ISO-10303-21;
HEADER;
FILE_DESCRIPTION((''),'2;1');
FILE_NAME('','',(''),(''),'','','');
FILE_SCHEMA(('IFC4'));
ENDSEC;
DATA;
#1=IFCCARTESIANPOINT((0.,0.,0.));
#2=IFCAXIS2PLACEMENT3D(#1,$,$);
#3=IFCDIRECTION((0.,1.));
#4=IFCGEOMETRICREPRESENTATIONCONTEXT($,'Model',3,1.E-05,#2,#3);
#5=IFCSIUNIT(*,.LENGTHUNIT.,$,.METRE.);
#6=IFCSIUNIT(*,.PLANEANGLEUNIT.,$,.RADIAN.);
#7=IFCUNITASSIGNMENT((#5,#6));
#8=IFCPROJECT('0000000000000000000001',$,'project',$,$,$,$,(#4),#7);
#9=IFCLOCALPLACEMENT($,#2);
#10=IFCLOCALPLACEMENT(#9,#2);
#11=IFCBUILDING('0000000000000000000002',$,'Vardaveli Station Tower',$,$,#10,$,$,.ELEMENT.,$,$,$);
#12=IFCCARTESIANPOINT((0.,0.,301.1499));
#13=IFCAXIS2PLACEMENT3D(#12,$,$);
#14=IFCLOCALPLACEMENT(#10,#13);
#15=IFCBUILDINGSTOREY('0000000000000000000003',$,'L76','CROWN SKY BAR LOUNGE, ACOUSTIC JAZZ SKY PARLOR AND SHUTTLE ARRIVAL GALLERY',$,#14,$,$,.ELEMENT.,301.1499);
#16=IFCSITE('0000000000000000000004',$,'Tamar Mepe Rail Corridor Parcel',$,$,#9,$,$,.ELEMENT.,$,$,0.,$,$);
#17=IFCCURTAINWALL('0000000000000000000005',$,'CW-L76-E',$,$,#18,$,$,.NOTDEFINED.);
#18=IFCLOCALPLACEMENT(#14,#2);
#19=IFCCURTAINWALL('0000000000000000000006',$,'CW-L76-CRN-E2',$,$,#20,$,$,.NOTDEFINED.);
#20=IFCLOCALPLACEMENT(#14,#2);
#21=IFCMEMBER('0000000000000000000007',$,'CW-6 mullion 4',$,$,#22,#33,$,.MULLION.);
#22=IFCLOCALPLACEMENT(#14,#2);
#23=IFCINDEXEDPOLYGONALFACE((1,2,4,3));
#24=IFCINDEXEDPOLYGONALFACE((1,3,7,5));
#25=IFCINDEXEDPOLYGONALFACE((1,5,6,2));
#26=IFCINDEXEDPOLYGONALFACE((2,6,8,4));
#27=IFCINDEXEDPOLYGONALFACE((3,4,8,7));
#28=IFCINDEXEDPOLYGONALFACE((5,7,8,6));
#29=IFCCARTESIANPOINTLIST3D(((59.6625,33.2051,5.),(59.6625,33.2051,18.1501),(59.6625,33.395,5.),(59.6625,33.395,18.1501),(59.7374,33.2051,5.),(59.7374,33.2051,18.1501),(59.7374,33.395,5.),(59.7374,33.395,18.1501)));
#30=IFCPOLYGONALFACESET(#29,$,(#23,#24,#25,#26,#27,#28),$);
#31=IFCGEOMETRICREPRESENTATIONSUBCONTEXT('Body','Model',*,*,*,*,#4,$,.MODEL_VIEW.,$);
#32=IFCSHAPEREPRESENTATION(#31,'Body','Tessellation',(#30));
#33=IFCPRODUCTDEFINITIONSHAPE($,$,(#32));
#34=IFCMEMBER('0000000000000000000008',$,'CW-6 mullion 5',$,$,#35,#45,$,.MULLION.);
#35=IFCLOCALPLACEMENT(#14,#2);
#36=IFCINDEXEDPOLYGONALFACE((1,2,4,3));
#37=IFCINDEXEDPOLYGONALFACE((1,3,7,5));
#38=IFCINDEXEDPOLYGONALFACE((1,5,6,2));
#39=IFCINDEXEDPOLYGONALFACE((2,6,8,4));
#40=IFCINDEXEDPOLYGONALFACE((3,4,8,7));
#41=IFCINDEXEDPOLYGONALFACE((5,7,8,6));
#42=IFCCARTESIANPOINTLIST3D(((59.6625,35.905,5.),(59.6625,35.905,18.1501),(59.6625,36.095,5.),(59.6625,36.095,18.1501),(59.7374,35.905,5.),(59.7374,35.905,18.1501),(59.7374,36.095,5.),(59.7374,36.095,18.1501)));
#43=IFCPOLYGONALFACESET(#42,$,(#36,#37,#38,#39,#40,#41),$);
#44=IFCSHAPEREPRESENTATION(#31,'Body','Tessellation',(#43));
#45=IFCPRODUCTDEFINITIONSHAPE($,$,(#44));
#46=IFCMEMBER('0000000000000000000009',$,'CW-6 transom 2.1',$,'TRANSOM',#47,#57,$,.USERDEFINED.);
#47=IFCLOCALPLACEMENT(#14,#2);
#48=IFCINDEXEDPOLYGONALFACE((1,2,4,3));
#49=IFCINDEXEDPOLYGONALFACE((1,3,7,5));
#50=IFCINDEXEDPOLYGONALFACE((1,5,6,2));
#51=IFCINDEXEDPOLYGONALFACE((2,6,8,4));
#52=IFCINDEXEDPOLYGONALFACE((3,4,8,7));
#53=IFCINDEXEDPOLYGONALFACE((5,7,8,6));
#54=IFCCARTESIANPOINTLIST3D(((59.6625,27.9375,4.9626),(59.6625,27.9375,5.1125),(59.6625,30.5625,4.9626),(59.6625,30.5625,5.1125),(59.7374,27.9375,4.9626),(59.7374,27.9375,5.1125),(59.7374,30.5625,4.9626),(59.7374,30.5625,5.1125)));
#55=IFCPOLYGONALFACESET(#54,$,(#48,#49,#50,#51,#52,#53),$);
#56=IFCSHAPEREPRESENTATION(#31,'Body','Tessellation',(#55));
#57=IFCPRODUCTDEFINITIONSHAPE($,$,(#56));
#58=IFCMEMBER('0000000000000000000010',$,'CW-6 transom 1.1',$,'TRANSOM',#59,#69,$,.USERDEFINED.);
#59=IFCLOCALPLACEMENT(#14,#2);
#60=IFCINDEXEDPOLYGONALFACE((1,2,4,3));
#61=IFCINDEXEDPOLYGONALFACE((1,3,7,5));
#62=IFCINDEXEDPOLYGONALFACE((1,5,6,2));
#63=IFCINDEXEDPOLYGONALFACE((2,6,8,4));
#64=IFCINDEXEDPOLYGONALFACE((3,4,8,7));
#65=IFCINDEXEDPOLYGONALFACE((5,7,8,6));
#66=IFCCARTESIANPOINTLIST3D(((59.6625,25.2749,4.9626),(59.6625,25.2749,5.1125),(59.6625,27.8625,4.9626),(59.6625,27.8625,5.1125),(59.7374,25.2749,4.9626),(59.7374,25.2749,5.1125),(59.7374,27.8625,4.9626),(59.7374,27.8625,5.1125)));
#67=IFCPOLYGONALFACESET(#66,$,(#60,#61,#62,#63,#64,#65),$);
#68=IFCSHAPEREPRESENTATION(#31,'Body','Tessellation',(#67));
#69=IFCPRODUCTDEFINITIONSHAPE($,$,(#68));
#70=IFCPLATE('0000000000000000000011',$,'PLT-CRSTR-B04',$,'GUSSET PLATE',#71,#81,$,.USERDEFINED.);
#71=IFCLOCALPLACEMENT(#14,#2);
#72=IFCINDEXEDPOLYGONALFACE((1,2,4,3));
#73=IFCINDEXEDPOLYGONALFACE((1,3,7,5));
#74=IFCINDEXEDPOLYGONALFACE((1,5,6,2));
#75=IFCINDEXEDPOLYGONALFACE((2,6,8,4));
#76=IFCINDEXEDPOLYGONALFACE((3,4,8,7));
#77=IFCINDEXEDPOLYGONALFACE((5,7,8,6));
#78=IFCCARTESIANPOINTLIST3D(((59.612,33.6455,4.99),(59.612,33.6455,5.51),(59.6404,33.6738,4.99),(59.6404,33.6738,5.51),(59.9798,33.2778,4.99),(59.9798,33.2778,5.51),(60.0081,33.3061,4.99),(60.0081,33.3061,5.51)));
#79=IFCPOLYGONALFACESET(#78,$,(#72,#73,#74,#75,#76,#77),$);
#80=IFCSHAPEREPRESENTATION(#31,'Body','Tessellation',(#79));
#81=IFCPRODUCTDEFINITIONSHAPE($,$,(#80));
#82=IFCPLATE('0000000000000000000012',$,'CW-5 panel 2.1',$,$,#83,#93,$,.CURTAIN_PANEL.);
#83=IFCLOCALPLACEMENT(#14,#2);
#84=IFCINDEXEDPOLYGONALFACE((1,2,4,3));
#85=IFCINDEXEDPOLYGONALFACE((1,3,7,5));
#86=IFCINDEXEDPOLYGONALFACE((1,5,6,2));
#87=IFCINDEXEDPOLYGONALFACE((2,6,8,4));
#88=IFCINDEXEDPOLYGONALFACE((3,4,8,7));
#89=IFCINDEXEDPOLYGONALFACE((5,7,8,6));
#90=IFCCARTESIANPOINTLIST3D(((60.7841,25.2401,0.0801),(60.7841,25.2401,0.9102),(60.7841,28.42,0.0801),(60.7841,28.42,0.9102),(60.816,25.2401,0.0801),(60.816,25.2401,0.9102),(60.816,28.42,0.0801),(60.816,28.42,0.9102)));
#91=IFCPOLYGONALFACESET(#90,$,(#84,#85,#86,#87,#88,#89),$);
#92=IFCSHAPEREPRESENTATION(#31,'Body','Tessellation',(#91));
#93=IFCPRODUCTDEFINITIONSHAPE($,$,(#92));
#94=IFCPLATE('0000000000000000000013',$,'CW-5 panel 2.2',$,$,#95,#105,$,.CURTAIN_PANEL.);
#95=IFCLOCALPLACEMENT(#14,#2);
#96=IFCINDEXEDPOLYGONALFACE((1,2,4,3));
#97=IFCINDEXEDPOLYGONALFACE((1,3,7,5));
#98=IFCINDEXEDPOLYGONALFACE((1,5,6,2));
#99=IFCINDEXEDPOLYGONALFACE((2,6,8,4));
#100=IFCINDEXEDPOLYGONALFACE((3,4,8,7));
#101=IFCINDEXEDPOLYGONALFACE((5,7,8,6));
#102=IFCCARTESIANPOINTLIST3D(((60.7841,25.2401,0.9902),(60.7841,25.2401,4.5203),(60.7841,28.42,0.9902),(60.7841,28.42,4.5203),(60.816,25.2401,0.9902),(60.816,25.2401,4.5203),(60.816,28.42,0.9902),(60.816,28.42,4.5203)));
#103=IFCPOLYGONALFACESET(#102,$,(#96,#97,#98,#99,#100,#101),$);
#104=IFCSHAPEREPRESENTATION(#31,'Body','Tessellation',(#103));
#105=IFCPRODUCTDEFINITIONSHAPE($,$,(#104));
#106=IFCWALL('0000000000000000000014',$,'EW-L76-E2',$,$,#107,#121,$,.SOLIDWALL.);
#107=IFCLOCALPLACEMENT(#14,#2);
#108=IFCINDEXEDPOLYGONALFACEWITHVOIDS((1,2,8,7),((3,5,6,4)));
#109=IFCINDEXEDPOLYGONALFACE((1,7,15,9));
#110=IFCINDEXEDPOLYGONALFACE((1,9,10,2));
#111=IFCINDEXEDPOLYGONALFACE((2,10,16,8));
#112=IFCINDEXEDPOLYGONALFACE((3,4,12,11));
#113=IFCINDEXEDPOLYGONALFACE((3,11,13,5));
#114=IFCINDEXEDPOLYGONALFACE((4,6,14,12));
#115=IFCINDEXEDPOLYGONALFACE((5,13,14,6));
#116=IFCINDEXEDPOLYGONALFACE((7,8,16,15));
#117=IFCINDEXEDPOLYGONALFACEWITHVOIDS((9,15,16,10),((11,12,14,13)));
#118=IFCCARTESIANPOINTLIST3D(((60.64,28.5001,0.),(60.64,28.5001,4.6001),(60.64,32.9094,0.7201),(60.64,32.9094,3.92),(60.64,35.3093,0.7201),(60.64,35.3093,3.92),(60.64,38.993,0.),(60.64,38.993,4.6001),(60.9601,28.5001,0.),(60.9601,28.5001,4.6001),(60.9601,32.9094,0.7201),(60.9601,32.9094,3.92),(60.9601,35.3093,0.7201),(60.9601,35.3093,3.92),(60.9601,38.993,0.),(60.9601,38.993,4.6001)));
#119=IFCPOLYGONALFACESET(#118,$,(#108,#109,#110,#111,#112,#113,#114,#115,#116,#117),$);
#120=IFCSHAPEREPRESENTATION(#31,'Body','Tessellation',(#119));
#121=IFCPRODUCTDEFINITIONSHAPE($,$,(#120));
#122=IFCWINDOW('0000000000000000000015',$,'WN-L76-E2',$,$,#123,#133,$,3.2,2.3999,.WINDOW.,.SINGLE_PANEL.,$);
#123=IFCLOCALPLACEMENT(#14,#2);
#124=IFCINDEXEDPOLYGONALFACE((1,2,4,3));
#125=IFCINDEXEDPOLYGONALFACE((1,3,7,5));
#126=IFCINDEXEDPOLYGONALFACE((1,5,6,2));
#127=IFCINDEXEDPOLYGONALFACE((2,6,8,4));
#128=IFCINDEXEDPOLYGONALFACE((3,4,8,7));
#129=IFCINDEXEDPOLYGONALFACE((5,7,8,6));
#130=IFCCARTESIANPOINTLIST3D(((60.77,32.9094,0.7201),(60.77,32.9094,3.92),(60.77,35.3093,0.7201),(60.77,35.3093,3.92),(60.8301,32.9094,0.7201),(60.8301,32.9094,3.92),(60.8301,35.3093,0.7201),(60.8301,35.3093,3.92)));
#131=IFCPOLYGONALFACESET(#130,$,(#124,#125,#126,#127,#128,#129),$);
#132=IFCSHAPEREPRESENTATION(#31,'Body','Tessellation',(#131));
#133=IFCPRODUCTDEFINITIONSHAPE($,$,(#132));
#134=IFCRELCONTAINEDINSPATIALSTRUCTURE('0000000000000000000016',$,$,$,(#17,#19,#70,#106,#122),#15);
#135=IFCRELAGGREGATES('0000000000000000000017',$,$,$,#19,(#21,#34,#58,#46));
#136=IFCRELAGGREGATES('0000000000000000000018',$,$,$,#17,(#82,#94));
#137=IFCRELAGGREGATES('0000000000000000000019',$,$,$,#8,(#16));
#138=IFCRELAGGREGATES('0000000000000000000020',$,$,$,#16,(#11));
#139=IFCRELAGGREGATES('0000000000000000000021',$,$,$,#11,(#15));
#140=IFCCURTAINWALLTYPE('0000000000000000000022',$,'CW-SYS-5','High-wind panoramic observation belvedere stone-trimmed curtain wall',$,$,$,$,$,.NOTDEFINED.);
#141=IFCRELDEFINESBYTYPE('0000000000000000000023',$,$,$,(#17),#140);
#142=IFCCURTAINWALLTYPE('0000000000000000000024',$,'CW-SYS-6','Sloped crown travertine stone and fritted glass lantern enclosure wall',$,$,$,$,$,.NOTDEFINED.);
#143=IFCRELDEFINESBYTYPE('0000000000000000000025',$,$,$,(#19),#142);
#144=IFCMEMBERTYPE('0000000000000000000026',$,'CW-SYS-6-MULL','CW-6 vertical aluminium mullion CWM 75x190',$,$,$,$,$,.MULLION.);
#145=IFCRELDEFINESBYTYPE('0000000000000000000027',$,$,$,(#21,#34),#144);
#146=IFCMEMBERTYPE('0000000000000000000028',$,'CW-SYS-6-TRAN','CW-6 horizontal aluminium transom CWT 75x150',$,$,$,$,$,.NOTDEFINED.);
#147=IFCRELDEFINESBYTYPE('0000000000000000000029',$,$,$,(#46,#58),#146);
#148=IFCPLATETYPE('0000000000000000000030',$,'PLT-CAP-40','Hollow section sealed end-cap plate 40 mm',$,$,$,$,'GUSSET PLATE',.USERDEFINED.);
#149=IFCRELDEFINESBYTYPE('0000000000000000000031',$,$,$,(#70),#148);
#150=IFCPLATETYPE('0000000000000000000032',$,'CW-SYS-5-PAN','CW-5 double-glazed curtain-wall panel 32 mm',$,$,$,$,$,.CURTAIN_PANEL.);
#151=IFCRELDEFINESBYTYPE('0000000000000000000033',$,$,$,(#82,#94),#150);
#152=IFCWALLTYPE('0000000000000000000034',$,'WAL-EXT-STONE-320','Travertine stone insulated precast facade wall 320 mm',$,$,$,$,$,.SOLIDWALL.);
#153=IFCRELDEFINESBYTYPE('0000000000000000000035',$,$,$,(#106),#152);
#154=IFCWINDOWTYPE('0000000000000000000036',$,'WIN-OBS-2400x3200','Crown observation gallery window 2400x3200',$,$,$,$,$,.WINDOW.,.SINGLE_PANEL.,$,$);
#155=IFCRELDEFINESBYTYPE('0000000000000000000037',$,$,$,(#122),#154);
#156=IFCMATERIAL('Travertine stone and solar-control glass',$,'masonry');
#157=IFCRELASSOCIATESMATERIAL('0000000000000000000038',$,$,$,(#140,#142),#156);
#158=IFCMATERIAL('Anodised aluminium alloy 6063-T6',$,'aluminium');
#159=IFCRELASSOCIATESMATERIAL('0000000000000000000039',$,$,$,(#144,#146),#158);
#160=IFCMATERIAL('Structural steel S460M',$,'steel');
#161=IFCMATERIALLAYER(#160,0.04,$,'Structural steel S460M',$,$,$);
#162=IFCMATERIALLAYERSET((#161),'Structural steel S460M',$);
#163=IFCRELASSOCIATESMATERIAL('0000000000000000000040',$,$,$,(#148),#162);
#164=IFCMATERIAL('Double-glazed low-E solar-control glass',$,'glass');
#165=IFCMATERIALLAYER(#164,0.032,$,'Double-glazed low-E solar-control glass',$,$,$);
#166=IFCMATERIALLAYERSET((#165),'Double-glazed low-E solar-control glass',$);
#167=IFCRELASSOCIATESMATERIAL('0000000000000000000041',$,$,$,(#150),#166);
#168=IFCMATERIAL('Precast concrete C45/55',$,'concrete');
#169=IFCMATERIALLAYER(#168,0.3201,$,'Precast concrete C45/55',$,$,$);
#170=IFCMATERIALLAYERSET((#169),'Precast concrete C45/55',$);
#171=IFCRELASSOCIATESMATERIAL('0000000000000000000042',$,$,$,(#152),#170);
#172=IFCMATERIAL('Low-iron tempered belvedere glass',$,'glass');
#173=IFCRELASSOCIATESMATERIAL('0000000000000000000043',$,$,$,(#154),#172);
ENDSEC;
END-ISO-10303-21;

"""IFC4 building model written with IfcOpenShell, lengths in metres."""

from ifc_helpers import new_model, si_unit, direction, frame, frame_2d, origin, origin_2d, place, context, subcontext, project, spatial, rectangle, extrude, source, transform, mapped, material, layer, layer_set, material_profile, profile_set, type_object, element, fill, aggregate, save


model = new_model("IFC4")

# Units and contexts
model_context = context("Model", 3, precision=1e-05, world=origin(), true_north=direction((0.0, 1.0)))
body_context = subcontext(model_context, "Body", "Model", "MODEL_VIEW")
ifc_project = project(units=[si_unit("LENGTHUNIT", "METRE"), si_unit("PLANEANGLEUNIT", "RADIAN")], contexts=[model_context])

# Site, building, storey
site_placement = place(None, origin())
site = spatial("IfcSite", under=ifc_project, at=site_placement, Name="Tamar Mepe Rail Corridor Parcel", CompositionType="ELEMENT", RefElevation=0.0)
building_placement = place(site_placement, origin())
building = spatial("IfcBuilding", under=site, at=building_placement, Name="Vardaveli Station Tower", CompositionType="ELEMENT")
storey_placement = place(building_placement, frame((0.0, 0.0, 301.1499)))
storey = spatial("IfcBuildingStorey", under=building, at=storey_placement, Name="L76", Description="CROWN SKY BAR LOUNGE, ACOUSTIC JAZZ SKY PARLOR AND SHUTTLE ARRIVAL GALLERY", CompositionType="ELEMENT", Elevation=301.1499)

# Shared definitions
ifc_material_1 = material(Name="Precast concrete C45/55", Category="concrete")

# Curtain walls, members
ifc_material_2 = material(Name="Travertine stone and solar-control glass", Category="masonry")
curtain_wall_type_1 = type_object("IfcCurtainWallType", Name="CW-SYS-5", Description="High-wind panoramic observation belvedere stone-trimmed curtain wall", PredefinedType="NOTDEFINED", material=ifc_material_2)
curtain_wall_1_placement = place(storey_placement, origin())
curtain_wall_1 = element("IfcCurtainWall", 1, at=curtain_wall_1_placement, inside=storey, type_object=curtain_wall_type_1, Name="CW-L76-E", PredefinedType="NOTDEFINED")
ifc_material_3 = material(Name="Anodised aluminium alloy 6063-T6", Category="aluminium")
curtain_wall_type_2 = type_object("IfcCurtainWallType", Name="CW-SYS-6", Description="Sloped crown travertine stone and fritted glass lantern enclosure wall", PredefinedType="NOTDEFINED", material=ifc_material_2)
curtain_wall_2_placement = place(storey_placement, origin())
curtain_wall_2 = element("IfcCurtainWall", 2, at=curtain_wall_2_placement, inside=storey, type_object=curtain_wall_type_2, Name="CW-L76-CRN-E2", PredefinedType="NOTDEFINED")
ifc_material_profile_1 = material_profile(ifc_material_3, rectangle(XDim=0.075, YDim=0.1899, at=origin_2d()), Name="CWM 75x190")
ifc_profile_set_1 = profile_set([ifc_material_profile_1], Name="Anodised aluminium alloy 6063-T6")
member_type_1 = type_object("IfcMemberType", Name="CW-SYS-6-MULL", Description="CW-6 vertical aluminium mullion CWM 75x190", PredefinedType="MULLION", material=ifc_profile_set_1)
shared_shape_1 = source(origin(), body_context, "Body", "SweptSolid", [
    extrude(rectangle(XDim=0.075, YDim=0.1899, at=origin_2d()), origin(), (0.0, 0.0, 1.0), 13.1501),
])
member_1_placement = place(storey_placement, frame((59.7, 33.3, 5.0), z_axis=(0.0, 0.0, 1.0), x_axis=(-1.0, 0.0, 0.0)))
member_1 = element("IfcMember", 3, at=member_1_placement, type_object=member_type_1, Name="CW-6 mullion 4", PredefinedType="MULLION", context=body_context, shape_type="MappedRepresentation", body=[
    mapped(shared_shape_1, transform((0.0, 0.0, 0.0), scale=1.0)),
])
member_2_placement = place(storey_placement, frame((59.7, 36.0, 5.0), z_axis=(0.0, 0.0, 1.0), x_axis=(-1.0, 0.0, 0.0)))
member_2 = element("IfcMember", 4, at=member_2_placement, type_object=member_type_1, Name="CW-6 mullion 5", PredefinedType="MULLION", context=body_context, shape_type="MappedRepresentation", body=[
    mapped(shared_shape_1, transform((0.0, 0.0, 0.0), scale=1.0)),
])
ifc_material_profile_2 = material_profile(ifc_material_3, rectangle(XDim=0.075, YDim=0.1499, at=origin_2d()), Name="CWT 75x150")
ifc_profile_set_2 = profile_set([ifc_material_profile_2], Name="Anodised aluminium alloy 6063-T6")
member_type_2 = type_object("IfcMemberType", Name="CW-SYS-6-TRAN", Description="CW-6 horizontal aluminium transom CWT 75x150", PredefinedType="NOTDEFINED", material=ifc_profile_set_2)
shared_shape_2 = source(origin(), body_context, "Body", "SweptSolid", [
    extrude(rectangle(XDim=0.075, YDim=0.1499, at=origin_2d()), origin(), (0.0, 0.0, 1.0), 2.625),
])
member_3_placement = place(storey_placement, frame((59.7, 27.9375, 5.0376), z_axis=(0.0, 1.0, 0.0), x_axis=(-1.0, 0.0, 0.0)))
member_3 = element("IfcMember", 5, at=member_3_placement, type_object=member_type_2, Name="CW-6 transom 2.1", ObjectType="TRANSOM", PredefinedType="USERDEFINED", context=body_context, shape_type="MappedRepresentation", body=[
    mapped(shared_shape_2, transform((0.0, 0.0, 0.0), scale=1.0)),
])
shared_shape_3 = source(origin(), body_context, "Body", "SweptSolid", [
    extrude(rectangle(XDim=0.075, YDim=0.1499, at=origin_2d()), origin(), (0.0, 0.0, 1.0), 2.5876),
])
member_4_placement = place(storey_placement, frame((59.7, 25.2749, 5.0376), z_axis=(0.0, 1.0, 0.0), x_axis=(-1.0, 0.0, 0.0)))
member_4 = element("IfcMember", 6, at=member_4_placement, type_object=member_type_2, Name="CW-6 transom 1.1", ObjectType="TRANSOM", PredefinedType="USERDEFINED", context=body_context, shape_type="MappedRepresentation", body=[
    mapped(shared_shape_3, transform((0.0, 0.0, 0.0), scale=1.0)),
])
aggregate(curtain_wall_2, [member_1, member_2, member_4, member_3])

# Plates
ifc_material_4 = material(Name="Structural steel S460M", Category="steel")
ifc_layer_1 = layer(ifc_material_4, 0.04, Name="Structural steel S460M")
ifc_layer_set_1 = layer_set([ifc_layer_1], Name="Structural steel S460M")
plate_type_1 = type_object("IfcPlateType", Name="PLT-CAP-40", Description="Hollow section sealed end-cap plate 40 mm", ElementType="GUSSET PLATE", PredefinedType="USERDEFINED", material=ifc_layer_set_1)
shared_shape_4 = source(origin(), body_context, "Body", "SweptSolid", [
    extrude(rectangle(XDim=0.52, YDim=0.04, at=origin_2d()), origin(), (0.0, 0.0, 1.0), 0.52),
])
plate_1_placement = place(storey_placement, frame((59.8101, 33.4758, 4.99), z_axis=(0.0, 0.0, 1.0), x_axis=(-0.707107, 0.707107, 0.0)))
element("IfcPlate", 7, at=plate_1_placement, inside=storey, type_object=plate_type_1, Name="PLT-CRSTR-B04", ObjectType="GUSSET PLATE", PredefinedType="USERDEFINED", context=body_context, shape_type="MappedRepresentation", body=[
    mapped(shared_shape_4, transform((0.0, 0.0, 0.0), scale=1.0)),
])
ifc_material_5 = material(Name="Double-glazed low-E solar-control glass", Category="glass")
ifc_layer_2 = layer(ifc_material_5, 0.032, Name="Double-glazed low-E solar-control glass")
ifc_layer_set_2 = layer_set([ifc_layer_2], Name="Double-glazed low-E solar-control glass")
plate_type_2 = type_object("IfcPlateType", Name="CW-SYS-5-PAN", Description="CW-5 double-glazed curtain-wall panel 32 mm", PredefinedType="CURTAIN_PANEL", material=ifc_layer_set_2)
shared_shape_5 = source(origin(), body_context, "Body", "SweptSolid", [
    extrude(rectangle(XDim=3.1799, YDim=0.032, at=origin_2d()), origin(), (0.0, 0.0, 1.0), 0.8301),
])
plate_2_placement = place(storey_placement, frame((60.8, 26.8301, 0.0801), z_axis=(0.0, 0.0, 1.0), x_axis=(0.0, 1.0, 0.0)))
plate_2 = element("IfcPlate", 8, at=plate_2_placement, type_object=plate_type_2, Name="CW-5 panel 2.1", PredefinedType="CURTAIN_PANEL", context=body_context, shape_type="MappedRepresentation", body=[
    mapped(shared_shape_5, transform((0.0, 0.0, 0.0), scale=1.0)),
])
shared_shape_6 = source(origin(), body_context, "Body", "SweptSolid", [
    extrude(rectangle(XDim=3.1799, YDim=0.032, at=origin_2d()), origin(), (0.0, 0.0, 1.0), 3.53),
])
plate_3_placement = place(storey_placement, frame((60.8, 26.8301, 0.9902), z_axis=(0.0, 0.0, 1.0), x_axis=(0.0, 1.0, 0.0)))
plate_3 = element("IfcPlate", 9, at=plate_3_placement, type_object=plate_type_2, Name="CW-5 panel 2.2", PredefinedType="CURTAIN_PANEL", context=body_context, shape_type="MappedRepresentation", body=[
    mapped(shared_shape_6, transform((0.0, 0.0, 0.0), scale=1.0)),
])
aggregate(curtain_wall_1, [plate_2, plate_3])

# Wall, opening, window
ifc_layer_3 = layer(ifc_material_1, 0.3201, Name="Precast concrete C45/55")
ifc_layer_set_3 = layer_set([ifc_layer_3], Name="Precast concrete C45/55")
wall_type = type_object("IfcWallType", Name="WAL-EXT-STONE-320", Description="Travertine stone insulated precast facade wall 320 mm", PredefinedType="SOLIDWALL", material=ifc_layer_set_3)
shared_shape_7 = source(origin(), body_context, "Body", "SweptSolid", [
    extrude(rectangle(XDim=10.4929, YDim=0.3201, at=frame_2d((5.2466, 0.0))), origin(), (0.0, 0.0, 1.0), 4.6001),
])
wall_placement = place(storey_placement, frame((60.8, 28.5, 0.0), z_axis=(0.0, 0.0, 1.0), x_axis=(0.0, 1.0, 0.0)))
wall = element("IfcWall", 10, at=wall_placement, inside=storey, type_object=wall_type, Name="EW-L76-E2", PredefinedType="SOLIDWALL", context=body_context, shape_type="MappedRepresentation", body=[
    mapped(shared_shape_7, transform((0.0, 0.0, 0.0), scale=1.0)),
])
shared_shape_8 = source(origin(), body_context, "Body", "SweptSolid", [
    extrude(rectangle(XDim=2.3999, YDim=3.2, at=frame_2d((1.2, 1.6001))), frame((0.0, 0.1699, 0.0), z_axis=(0.0, -1.0, 0.0), x_axis=(1.0, 0.0, 0.0)), (0.0, 0.0, 1.0), 0.3401),
])
opening_placement = place(wall_placement, frame((4.4094, 0.0, 0.72)))
opening = element("IfcOpeningElement", 11, at=opening_placement, cuts=wall, PredefinedType="OPENING", context=body_context, shape_type="MappedRepresentation", body=[
    mapped(shared_shape_8, transform((0.0, 0.0, 0.0), scale=1.0)),
])
ifc_material_6 = material(Name="Low-iron tempered belvedere glass", Category="glass")
window_type = type_object("IfcWindowType", Name="WIN-OBS-2400x3200", Description="Crown observation gallery window 2400x3200", PartitioningType="SINGLE_PANEL", PredefinedType="WINDOW", material=ifc_material_6)
shared_shape_9 = source(origin(), body_context, "Body", "SweptSolid", [
    extrude(rectangle(XDim=2.3999, YDim=3.2, at=frame_2d((1.2, 1.6001))), frame((0.0, 0.03, 0.0), z_axis=(0.0, -1.0, 0.0), x_axis=(1.0, 0.0, 0.0)), (0.0, 0.0, 1.0), 0.0601),
])
window_placement = place(opening_placement, origin())
window = element("IfcWindow", 12, at=window_placement, inside=storey, type_object=window_type, Name="WN-L76-E2", OverallHeight=3.2, OverallWidth=2.3999, PartitioningType="SINGLE_PANEL", PredefinedType="WINDOW", context=body_context, shape_type="MappedRepresentation", body=[
    mapped(shared_shape_9, transform((0.0, 0.0, 0.0), scale=1.0)),
])
fill(opening, window)

save(model, "model.ifc")
